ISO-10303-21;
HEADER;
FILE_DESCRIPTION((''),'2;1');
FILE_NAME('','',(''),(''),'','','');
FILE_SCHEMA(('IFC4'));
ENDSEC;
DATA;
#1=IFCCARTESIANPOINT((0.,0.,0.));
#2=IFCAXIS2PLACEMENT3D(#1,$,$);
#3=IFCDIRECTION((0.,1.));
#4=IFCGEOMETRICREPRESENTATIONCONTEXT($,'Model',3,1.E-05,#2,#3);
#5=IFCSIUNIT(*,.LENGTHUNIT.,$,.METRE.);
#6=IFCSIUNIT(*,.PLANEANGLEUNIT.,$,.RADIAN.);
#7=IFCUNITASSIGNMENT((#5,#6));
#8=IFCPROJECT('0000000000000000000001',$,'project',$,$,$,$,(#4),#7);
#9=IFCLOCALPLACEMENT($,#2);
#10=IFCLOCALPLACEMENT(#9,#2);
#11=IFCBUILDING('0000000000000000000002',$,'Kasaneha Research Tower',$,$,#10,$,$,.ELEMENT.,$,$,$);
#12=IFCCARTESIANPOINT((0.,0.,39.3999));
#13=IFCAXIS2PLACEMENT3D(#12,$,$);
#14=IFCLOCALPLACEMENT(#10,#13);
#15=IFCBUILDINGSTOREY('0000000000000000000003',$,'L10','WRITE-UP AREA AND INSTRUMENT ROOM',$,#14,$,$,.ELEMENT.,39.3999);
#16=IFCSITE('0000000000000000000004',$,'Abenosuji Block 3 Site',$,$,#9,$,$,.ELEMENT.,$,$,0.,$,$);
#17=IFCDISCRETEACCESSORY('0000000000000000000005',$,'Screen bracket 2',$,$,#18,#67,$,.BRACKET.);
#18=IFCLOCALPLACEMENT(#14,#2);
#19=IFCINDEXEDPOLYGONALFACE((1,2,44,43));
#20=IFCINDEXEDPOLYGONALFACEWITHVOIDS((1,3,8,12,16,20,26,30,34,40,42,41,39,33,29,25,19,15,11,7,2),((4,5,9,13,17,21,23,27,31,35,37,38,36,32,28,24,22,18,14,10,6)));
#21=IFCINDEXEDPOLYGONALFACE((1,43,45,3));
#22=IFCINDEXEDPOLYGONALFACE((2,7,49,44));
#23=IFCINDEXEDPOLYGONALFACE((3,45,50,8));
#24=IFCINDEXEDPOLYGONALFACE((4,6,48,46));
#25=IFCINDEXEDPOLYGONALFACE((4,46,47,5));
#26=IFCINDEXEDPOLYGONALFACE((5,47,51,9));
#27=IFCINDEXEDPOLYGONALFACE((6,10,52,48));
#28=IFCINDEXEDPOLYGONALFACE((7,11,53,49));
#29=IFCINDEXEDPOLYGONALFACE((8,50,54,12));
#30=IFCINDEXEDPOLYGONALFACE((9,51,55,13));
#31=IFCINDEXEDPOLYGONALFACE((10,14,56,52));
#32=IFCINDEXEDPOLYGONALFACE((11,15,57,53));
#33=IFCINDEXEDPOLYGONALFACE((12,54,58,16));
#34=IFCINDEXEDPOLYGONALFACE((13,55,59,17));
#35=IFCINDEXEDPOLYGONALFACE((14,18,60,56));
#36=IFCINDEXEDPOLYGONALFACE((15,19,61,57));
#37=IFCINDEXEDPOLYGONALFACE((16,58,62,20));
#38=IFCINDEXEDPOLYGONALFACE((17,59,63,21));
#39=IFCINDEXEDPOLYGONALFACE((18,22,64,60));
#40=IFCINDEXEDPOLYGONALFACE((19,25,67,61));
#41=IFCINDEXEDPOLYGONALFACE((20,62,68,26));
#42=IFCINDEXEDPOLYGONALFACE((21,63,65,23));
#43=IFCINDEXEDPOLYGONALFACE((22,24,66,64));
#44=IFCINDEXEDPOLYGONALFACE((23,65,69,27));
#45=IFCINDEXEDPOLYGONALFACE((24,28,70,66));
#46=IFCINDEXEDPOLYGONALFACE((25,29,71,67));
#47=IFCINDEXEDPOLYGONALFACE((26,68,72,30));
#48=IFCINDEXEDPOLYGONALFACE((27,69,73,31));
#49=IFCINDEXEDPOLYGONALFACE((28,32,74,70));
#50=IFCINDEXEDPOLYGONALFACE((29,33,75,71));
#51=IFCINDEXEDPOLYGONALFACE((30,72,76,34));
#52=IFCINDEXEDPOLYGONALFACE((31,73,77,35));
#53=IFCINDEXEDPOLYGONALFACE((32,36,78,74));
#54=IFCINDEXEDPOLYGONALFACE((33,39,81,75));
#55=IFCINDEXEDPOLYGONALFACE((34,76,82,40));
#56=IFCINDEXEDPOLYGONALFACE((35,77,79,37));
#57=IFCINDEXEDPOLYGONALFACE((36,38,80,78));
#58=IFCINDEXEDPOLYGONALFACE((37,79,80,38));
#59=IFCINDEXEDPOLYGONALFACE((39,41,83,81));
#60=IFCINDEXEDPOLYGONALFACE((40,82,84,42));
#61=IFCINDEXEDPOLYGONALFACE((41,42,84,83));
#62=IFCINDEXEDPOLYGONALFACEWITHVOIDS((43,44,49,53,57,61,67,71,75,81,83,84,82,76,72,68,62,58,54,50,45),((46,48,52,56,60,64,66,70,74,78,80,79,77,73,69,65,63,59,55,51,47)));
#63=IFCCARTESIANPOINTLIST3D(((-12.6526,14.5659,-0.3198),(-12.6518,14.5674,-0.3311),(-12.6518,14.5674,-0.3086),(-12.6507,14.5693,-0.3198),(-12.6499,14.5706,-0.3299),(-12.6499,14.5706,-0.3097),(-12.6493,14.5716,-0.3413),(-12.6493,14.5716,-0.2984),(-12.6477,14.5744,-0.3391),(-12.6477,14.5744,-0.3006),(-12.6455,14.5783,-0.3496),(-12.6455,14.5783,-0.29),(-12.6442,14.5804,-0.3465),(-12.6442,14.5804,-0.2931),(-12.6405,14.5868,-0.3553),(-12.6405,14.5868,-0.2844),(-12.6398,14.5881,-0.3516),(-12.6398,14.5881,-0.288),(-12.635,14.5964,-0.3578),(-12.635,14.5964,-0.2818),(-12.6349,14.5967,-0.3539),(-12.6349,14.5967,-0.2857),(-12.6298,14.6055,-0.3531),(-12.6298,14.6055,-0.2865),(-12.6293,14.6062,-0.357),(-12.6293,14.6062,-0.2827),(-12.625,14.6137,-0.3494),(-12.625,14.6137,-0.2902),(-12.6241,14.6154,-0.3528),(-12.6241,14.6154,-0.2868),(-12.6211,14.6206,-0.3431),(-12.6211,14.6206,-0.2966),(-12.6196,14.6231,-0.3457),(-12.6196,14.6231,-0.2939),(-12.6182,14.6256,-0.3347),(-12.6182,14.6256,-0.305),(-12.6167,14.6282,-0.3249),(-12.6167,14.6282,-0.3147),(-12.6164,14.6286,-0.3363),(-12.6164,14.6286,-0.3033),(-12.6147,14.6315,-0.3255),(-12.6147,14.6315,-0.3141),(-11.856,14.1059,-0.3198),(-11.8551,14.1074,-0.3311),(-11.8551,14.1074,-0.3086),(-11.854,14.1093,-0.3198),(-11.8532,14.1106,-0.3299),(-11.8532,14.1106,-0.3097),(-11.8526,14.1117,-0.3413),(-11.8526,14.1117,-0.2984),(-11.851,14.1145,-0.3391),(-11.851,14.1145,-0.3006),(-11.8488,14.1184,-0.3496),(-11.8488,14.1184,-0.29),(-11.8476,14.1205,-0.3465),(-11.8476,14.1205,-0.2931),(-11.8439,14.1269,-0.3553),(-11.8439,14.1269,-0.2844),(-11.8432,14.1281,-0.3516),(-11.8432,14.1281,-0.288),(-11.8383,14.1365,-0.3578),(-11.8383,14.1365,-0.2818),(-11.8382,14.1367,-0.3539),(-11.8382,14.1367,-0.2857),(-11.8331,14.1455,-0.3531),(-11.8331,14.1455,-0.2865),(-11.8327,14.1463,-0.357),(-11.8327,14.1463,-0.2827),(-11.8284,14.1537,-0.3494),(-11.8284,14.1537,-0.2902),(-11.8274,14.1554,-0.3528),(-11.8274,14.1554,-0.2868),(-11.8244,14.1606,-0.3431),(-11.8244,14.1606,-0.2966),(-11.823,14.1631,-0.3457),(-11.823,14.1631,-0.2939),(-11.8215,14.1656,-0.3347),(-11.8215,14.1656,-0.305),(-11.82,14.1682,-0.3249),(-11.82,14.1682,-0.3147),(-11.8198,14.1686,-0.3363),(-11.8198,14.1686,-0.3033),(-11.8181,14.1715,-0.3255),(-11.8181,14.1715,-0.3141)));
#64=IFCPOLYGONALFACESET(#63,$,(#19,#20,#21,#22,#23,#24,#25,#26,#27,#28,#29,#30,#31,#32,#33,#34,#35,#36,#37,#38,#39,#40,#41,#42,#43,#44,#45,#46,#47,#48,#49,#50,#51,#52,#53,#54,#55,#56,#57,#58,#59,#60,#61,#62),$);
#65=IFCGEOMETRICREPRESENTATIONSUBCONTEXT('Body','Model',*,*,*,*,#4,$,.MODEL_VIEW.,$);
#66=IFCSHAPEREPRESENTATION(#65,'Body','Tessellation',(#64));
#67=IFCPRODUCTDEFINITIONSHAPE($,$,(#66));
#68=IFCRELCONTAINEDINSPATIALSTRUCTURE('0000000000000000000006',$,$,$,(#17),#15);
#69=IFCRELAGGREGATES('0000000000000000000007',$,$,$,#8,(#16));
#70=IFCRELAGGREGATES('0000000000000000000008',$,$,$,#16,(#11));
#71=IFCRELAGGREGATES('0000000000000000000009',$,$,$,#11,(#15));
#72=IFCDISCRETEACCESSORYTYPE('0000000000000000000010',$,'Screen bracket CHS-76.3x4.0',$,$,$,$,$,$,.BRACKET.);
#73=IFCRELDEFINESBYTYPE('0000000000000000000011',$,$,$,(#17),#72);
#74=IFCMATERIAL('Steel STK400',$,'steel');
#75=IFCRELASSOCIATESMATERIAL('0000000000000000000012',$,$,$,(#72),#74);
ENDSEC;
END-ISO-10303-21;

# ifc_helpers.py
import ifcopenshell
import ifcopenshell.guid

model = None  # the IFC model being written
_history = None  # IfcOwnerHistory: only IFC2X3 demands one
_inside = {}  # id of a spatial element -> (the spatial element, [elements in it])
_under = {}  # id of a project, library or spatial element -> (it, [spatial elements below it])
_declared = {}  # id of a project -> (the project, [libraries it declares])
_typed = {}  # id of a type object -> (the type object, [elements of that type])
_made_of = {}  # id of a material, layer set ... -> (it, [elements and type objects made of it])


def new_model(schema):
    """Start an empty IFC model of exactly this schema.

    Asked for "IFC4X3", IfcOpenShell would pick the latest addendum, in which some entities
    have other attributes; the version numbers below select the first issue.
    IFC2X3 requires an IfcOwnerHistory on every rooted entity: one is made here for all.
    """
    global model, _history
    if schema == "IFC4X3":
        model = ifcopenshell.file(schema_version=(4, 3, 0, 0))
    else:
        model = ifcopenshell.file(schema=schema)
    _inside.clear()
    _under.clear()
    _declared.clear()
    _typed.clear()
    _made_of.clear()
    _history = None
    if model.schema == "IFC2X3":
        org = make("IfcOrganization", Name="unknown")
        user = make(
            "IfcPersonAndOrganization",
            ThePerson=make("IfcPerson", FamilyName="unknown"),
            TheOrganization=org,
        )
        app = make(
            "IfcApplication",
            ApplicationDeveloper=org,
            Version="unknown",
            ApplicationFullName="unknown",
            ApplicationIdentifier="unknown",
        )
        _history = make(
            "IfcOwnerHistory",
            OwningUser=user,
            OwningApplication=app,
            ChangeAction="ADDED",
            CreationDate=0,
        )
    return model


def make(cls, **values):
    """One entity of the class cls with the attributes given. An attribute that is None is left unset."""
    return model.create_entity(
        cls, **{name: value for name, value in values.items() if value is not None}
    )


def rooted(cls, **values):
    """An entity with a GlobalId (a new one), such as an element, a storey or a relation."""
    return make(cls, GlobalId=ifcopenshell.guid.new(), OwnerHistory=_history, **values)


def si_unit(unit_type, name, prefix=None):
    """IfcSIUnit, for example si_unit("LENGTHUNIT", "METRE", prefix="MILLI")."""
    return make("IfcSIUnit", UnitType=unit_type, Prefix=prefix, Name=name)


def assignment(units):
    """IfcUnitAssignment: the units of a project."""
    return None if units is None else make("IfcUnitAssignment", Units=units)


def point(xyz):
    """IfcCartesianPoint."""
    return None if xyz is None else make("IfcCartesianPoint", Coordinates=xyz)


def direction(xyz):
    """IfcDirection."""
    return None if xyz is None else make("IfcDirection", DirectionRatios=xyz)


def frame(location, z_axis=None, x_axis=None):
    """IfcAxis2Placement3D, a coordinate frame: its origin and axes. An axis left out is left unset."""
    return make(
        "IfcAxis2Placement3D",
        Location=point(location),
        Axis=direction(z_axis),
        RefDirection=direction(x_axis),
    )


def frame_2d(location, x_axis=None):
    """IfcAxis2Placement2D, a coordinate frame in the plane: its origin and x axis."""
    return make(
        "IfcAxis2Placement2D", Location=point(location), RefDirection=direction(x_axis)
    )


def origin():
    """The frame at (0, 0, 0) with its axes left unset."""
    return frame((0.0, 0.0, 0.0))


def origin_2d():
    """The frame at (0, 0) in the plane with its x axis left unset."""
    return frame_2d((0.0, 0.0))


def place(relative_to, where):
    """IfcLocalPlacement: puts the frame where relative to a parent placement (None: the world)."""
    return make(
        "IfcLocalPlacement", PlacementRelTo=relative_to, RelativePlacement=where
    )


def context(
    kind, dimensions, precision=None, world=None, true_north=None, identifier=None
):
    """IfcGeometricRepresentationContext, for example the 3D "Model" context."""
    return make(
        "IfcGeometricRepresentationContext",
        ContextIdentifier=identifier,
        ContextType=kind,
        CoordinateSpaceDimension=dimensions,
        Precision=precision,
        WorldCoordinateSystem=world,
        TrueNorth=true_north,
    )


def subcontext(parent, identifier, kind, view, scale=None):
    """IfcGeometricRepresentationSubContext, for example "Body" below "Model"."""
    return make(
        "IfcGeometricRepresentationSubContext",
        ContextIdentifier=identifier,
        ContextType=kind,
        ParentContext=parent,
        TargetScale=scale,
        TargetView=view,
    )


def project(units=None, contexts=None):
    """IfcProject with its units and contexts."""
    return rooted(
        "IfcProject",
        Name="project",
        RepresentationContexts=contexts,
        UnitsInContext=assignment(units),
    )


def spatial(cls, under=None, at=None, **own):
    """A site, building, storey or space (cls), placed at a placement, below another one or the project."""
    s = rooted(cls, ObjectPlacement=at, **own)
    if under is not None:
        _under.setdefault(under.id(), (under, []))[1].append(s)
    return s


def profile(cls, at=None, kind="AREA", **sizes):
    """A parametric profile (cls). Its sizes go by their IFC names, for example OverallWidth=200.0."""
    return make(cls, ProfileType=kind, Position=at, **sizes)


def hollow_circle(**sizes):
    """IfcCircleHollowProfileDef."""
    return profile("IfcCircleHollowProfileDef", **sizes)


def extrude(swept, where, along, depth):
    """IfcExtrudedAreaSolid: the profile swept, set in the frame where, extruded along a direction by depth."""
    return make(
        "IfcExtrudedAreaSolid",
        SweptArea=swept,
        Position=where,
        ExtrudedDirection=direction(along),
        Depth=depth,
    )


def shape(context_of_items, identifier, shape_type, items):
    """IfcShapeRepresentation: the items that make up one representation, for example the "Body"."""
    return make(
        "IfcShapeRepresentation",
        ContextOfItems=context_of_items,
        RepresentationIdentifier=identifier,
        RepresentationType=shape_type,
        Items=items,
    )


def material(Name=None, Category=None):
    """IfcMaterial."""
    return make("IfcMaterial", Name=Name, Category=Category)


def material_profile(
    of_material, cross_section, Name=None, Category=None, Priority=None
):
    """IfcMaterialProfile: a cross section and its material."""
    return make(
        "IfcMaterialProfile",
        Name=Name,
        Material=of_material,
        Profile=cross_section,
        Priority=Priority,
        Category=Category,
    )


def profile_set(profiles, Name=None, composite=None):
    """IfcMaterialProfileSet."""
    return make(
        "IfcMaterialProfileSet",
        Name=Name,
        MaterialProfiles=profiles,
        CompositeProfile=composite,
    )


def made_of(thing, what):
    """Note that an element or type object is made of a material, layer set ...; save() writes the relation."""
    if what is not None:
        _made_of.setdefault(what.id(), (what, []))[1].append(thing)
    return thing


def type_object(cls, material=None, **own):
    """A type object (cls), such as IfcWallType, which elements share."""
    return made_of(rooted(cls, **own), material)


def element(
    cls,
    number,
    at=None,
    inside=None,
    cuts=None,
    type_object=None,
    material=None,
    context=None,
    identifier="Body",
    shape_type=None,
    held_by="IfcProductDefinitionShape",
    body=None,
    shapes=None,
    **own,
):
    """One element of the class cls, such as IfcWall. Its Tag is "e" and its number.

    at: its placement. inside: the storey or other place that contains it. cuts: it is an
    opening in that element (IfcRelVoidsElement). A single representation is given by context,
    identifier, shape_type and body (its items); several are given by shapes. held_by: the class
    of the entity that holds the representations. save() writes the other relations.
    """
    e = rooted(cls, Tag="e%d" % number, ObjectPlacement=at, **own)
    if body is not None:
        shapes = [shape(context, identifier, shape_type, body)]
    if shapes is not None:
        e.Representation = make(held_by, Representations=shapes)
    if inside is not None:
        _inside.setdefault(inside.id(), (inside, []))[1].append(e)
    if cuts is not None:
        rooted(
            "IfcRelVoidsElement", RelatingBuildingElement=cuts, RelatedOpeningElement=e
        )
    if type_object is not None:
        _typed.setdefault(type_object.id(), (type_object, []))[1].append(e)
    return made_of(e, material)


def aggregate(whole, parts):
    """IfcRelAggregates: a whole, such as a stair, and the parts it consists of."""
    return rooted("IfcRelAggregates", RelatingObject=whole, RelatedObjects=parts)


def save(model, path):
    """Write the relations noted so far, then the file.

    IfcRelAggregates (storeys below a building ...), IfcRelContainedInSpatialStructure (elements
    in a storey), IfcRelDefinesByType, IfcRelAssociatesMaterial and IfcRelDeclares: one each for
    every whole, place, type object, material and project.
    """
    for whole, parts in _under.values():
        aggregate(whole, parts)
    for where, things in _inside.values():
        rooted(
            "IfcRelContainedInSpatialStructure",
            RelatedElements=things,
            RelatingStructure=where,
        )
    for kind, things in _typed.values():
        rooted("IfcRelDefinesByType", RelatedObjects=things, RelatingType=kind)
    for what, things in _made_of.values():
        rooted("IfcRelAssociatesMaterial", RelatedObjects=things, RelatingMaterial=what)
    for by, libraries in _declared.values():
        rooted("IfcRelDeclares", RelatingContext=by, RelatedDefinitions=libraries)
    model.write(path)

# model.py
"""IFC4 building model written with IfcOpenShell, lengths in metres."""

from ifc_helpers import new_model, si_unit, direction, frame, origin, origin_2d, place, context, subcontext, project, spatial, hollow_circle, extrude, material, material_profile, profile_set, type_object, element, save


model = new_model("IFC4")

# Units and contexts
model_context = context("Model", 3, precision=1e-05, world=origin(), true_north=direction((0.0, 1.0)))
body_context = subcontext(model_context, "Body", "Model", "MODEL_VIEW")
ifc_project = project(units=[si_unit("LENGTHUNIT", "METRE"), si_unit("PLANEANGLEUNIT", "RADIAN")], contexts=[model_context])

# Site, building, storey
site_placement = place(None, origin())
site = spatial("IfcSite", under=ifc_project, at=site_placement, Name="Abenosuji Block 3 Site", CompositionType="ELEMENT", RefElevation=0.0)
building_placement = place(site_placement, origin())
building = spatial("IfcBuilding", under=site, at=building_placement, Name="Kasaneha Research Tower", CompositionType="ELEMENT")
storey_placement = place(building_placement, frame((0.0, 0.0, 39.3999)))
storey = spatial("IfcBuildingStorey", under=building, at=storey_placement, Name="L10", Description="WRITE-UP AREA AND INSTRUMENT ROOM", CompositionType="ELEMENT", Elevation=39.3999)

# Discrete accessory
ifc_material_1 = material(Name="Steel STK400", Category="steel")
ifc_material_profile_1 = material_profile(ifc_material_1, hollow_circle(Radius=0.0381, WallThickness=0.0039, at=origin_2d()), Name="CHS-76.3x4.0")
ifc_profile_set_1 = profile_set([ifc_material_profile_1], Name="Steel STK400")
discrete_accessory_type = type_object("IfcDiscreteAccessoryType", Name="Screen bracket CHS-76.3x4.0", PredefinedType="BRACKET", material=ifc_profile_set_1)
discrete_accessory_1_placement = place(storey_placement, frame((-11.8369, 14.1389, -0.3198), z_axis=(-0.866013, 0.500021, 0.0), x_axis=(-0.500021, -0.866013, 0.0)))
element("IfcDiscreteAccessory", 1, at=discrete_accessory_1_placement, inside=storey, type_object=discrete_accessory_type, Name="Screen bracket 2", PredefinedType="BRACKET", context=body_context, shape_type="SweptSolid", body=[
    extrude(hollow_circle(Radius=0.0381, WallThickness=0.0039, at=origin_2d()), origin(), (0.0, 0.0, 1.0), 0.9199),
])

save(model, "model.ifc")
